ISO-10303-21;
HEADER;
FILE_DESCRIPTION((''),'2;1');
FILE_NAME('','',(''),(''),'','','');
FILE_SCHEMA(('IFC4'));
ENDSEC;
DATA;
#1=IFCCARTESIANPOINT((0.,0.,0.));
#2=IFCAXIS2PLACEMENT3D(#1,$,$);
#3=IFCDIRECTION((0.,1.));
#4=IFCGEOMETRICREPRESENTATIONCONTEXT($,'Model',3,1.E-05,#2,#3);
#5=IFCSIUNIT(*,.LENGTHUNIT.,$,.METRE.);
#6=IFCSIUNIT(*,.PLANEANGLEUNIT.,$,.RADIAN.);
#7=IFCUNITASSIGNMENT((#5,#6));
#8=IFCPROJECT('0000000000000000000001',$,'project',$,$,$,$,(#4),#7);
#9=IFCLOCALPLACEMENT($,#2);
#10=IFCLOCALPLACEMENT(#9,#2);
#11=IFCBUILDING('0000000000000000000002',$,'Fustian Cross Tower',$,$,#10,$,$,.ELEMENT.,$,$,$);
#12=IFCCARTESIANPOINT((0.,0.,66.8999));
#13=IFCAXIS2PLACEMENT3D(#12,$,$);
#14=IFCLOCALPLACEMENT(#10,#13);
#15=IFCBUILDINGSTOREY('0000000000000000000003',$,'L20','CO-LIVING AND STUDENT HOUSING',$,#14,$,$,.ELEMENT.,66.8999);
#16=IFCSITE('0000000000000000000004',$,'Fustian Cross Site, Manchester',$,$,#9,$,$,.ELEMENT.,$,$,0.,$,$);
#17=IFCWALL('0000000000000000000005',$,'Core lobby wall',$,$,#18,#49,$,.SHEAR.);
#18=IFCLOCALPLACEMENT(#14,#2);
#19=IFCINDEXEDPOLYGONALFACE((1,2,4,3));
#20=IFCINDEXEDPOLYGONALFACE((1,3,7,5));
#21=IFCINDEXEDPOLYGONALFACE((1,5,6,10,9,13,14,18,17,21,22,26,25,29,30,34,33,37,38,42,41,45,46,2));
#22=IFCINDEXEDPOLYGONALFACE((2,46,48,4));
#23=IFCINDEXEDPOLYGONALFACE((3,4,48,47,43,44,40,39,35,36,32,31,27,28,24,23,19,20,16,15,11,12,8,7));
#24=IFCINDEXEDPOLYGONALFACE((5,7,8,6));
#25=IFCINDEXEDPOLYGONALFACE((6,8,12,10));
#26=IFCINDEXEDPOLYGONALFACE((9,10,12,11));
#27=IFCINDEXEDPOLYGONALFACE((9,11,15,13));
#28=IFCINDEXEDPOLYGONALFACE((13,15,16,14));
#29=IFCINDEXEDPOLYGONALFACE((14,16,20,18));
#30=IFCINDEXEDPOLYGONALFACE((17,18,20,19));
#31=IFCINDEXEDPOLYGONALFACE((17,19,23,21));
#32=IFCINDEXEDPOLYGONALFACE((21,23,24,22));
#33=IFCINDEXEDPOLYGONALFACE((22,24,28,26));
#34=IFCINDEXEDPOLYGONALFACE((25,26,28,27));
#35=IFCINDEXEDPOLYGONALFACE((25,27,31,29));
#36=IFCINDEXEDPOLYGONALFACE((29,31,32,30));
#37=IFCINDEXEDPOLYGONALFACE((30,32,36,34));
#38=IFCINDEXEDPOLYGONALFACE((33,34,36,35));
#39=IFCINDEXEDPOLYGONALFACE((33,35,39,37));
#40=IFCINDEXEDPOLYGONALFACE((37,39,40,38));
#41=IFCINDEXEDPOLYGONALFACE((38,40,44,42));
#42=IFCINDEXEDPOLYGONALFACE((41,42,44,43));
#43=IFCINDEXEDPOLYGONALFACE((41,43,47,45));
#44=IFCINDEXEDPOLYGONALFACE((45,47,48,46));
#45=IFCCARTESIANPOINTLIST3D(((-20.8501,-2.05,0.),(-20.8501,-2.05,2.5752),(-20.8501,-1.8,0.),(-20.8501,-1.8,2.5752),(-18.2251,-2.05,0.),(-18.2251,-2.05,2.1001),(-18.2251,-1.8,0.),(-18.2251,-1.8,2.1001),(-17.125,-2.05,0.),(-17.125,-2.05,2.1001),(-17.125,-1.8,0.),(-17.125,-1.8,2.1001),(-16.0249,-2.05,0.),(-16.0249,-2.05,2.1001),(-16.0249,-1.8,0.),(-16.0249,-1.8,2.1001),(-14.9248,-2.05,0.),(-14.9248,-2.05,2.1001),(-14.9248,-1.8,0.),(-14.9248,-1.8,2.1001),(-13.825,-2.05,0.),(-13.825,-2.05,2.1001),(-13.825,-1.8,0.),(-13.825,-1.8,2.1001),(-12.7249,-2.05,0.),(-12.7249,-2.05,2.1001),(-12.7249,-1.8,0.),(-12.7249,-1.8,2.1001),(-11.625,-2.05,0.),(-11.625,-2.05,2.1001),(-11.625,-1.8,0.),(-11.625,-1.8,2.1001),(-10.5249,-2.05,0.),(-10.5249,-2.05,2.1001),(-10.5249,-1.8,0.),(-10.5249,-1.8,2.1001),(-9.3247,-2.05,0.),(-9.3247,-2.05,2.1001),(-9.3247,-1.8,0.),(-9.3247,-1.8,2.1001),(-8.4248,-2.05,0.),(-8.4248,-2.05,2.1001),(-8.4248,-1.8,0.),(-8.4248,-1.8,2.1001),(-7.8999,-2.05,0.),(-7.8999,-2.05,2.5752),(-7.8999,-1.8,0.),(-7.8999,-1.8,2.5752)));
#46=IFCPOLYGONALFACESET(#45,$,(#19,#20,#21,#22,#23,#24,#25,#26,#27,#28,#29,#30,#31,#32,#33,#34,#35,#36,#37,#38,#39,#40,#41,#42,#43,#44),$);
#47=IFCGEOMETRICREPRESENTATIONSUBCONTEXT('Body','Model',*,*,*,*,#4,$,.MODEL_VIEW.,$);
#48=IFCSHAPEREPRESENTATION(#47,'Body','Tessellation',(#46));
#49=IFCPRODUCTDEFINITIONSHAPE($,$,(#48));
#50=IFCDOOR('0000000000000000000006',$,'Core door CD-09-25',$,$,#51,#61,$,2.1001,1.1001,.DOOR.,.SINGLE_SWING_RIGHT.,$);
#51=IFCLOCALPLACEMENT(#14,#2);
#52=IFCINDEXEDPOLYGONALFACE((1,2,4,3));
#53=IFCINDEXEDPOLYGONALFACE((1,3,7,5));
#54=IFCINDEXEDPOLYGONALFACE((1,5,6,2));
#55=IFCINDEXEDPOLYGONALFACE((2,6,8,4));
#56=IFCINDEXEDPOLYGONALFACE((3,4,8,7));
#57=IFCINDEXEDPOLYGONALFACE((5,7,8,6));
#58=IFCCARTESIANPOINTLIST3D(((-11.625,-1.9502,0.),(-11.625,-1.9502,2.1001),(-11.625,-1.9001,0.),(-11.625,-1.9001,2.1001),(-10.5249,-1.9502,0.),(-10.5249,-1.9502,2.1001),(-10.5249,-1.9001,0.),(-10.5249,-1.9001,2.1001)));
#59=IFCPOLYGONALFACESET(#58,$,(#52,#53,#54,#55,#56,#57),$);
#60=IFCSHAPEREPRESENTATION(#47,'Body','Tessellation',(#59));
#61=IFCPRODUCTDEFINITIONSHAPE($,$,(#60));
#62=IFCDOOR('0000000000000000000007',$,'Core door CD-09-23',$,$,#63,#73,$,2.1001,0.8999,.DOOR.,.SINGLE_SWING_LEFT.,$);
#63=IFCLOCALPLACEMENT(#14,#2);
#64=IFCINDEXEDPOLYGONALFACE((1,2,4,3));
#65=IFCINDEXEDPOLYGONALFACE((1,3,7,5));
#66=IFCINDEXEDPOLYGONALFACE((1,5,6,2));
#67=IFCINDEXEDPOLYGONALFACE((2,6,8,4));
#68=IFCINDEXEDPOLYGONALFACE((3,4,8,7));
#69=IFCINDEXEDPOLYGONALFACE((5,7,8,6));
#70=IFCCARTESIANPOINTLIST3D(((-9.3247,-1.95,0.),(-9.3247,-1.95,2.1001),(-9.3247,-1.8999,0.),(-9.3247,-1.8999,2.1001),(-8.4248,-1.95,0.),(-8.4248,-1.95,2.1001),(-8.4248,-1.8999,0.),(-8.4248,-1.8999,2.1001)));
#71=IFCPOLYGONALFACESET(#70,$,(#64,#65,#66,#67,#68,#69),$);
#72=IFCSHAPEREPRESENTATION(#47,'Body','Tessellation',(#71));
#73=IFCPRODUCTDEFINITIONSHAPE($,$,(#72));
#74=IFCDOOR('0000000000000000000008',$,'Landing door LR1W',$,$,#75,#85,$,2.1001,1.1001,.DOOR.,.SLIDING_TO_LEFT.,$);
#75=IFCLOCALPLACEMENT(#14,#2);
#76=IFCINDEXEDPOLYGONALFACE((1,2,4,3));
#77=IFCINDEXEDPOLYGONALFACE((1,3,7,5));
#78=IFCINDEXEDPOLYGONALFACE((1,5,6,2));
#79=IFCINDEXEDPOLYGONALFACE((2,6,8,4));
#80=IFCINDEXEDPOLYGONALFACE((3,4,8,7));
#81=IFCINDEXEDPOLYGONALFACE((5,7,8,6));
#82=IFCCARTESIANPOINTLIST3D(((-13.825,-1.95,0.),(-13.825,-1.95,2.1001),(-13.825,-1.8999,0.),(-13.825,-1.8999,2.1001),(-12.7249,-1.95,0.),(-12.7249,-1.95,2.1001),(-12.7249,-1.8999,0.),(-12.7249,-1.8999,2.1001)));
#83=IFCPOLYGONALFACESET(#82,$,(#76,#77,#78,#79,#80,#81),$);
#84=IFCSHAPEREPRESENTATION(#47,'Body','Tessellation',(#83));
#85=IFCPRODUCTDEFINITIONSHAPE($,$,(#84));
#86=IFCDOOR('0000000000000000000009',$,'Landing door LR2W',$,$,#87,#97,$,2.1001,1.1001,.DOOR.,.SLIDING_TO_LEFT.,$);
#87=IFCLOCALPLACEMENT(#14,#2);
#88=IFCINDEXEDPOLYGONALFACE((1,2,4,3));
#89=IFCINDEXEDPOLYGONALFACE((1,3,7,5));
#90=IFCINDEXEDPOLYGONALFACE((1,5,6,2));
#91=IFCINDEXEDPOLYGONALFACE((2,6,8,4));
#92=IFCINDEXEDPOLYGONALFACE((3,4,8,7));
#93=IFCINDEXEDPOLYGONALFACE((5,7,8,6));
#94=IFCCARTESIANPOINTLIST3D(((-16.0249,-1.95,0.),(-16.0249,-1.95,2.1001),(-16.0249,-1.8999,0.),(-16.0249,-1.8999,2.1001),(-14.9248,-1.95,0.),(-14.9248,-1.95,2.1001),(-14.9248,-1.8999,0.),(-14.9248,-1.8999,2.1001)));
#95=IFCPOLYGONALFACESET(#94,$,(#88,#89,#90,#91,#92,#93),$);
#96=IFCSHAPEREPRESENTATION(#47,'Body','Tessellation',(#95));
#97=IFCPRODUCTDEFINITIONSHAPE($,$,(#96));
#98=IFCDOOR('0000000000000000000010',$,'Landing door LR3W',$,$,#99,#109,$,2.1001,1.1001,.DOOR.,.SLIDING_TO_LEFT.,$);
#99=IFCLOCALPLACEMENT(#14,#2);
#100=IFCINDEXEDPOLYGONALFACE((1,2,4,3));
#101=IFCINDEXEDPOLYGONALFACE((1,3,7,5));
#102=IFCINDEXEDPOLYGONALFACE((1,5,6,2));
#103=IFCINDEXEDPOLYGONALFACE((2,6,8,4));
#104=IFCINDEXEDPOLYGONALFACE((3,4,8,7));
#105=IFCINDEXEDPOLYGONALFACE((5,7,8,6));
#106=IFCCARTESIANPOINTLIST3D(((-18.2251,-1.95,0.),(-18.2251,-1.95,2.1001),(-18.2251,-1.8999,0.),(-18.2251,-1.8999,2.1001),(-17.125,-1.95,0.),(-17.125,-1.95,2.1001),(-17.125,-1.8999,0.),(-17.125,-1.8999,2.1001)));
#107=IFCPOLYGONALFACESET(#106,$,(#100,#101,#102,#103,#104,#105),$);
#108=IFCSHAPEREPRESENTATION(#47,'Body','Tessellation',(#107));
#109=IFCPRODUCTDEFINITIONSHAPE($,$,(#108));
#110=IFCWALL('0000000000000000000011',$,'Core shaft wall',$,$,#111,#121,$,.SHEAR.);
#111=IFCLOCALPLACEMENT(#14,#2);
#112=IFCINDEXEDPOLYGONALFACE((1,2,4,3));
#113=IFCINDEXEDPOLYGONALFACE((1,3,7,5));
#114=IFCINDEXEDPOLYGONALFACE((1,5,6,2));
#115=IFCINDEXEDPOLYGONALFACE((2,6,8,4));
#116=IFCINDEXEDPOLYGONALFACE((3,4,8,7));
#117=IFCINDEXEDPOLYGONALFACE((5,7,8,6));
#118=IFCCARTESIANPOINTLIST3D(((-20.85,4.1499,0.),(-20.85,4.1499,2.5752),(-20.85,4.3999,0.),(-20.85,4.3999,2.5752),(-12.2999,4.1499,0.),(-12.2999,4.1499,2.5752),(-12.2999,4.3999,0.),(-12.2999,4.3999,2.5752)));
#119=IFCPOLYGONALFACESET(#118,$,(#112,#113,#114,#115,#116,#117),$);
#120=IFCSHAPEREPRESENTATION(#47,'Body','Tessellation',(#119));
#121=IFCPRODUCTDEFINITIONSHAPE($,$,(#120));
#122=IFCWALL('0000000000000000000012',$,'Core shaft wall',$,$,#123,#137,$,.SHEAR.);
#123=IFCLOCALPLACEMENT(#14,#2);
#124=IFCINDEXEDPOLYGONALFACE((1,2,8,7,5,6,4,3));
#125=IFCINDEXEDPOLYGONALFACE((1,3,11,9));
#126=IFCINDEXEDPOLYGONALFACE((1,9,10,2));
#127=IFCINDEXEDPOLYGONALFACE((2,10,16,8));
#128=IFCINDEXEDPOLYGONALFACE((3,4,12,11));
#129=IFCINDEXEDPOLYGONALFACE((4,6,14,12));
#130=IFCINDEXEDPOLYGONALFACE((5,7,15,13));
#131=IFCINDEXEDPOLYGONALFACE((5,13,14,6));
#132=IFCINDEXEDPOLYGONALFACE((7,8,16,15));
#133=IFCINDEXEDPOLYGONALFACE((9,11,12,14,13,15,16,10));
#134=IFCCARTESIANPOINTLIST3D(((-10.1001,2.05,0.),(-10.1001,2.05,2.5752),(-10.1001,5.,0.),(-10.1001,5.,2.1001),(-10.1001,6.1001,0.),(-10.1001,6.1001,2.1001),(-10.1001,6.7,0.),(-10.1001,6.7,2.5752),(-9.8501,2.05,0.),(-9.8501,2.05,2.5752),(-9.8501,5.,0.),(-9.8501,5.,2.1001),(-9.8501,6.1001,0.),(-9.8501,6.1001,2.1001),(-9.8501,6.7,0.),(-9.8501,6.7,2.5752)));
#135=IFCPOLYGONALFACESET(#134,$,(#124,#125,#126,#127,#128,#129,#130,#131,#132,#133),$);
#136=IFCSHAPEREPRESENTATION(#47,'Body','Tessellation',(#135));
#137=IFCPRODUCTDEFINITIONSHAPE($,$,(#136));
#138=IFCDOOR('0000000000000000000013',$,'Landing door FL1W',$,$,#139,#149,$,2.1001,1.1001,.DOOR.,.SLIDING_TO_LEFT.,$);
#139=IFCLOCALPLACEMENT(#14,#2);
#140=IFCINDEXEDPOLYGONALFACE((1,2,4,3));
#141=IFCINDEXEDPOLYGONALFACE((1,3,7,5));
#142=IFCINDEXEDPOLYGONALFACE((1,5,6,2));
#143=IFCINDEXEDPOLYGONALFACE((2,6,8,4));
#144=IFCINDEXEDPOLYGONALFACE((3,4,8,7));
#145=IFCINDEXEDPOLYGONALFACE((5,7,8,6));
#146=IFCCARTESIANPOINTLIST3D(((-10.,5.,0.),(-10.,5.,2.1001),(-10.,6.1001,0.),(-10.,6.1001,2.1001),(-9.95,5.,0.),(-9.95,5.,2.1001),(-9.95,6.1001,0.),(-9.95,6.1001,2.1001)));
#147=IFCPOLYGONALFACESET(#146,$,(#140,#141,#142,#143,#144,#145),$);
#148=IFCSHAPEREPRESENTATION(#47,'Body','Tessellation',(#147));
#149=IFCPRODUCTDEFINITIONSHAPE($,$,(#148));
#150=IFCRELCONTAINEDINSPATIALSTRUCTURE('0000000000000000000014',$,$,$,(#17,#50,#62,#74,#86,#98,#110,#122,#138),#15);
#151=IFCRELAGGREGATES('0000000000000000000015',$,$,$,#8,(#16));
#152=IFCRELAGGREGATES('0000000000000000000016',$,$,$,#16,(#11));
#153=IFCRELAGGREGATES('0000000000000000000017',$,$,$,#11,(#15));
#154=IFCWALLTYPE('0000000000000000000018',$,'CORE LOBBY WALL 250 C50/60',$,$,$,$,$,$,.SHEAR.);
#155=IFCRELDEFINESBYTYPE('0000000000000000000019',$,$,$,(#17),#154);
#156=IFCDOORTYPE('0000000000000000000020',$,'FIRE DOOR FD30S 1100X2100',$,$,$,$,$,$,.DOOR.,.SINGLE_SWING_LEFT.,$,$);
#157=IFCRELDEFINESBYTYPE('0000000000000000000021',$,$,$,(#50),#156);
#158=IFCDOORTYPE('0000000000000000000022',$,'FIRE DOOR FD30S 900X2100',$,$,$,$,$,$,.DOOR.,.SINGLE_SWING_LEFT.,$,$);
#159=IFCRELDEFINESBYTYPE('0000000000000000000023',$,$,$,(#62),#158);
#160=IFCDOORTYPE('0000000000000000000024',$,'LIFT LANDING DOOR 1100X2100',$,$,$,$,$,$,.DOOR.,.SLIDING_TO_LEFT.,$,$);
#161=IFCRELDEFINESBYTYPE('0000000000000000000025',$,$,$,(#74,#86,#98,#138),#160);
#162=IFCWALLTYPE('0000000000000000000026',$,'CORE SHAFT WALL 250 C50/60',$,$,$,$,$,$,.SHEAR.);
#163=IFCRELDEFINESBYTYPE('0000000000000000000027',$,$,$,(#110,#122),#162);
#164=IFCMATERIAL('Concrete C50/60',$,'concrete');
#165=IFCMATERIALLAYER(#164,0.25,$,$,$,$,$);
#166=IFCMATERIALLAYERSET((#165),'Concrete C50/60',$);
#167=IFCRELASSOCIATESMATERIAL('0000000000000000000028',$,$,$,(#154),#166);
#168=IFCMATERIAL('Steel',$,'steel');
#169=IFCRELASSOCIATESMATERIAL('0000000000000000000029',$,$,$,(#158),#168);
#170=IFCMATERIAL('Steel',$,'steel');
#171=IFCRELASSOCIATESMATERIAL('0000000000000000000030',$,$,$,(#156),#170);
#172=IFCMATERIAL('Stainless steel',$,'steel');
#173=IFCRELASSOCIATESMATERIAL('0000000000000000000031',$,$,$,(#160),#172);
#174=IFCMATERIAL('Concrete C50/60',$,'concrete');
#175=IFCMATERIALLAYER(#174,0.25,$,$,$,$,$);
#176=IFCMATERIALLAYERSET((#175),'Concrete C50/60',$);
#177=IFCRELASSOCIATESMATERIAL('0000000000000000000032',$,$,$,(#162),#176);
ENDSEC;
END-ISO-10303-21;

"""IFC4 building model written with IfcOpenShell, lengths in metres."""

from ifc_helpers import new_model, si_unit, direction, frame, frame_2d, origin, place, context, subcontext, project, spatial, rectangle, extrude, material, layer, layer_set, type_object, element, fill, save


model = new_model("IFC4")

# Units and contexts
model_context = context("Model", 3, precision=1e-05, world=origin(), true_north=direction((0.0, 1.0)))
body_context = subcontext(model_context, "Body", "Model", "MODEL_VIEW")
ifc_project = project(units=[si_unit("LENGTHUNIT", "METRE"), si_unit("PLANEANGLEUNIT", "RADIAN")], contexts=[model_context])

# Site, building, storey
site_placement = place(None, origin())
site = spatial("IfcSite", under=ifc_project, at=site_placement, Name="Fustian Cross Site, Manchester", CompositionType="ELEMENT", RefElevation=0.0)
building_placement = place(site_placement, origin())
building = spatial("IfcBuilding", under=site, at=building_placement, Name="Fustian Cross Tower", CompositionType="ELEMENT")
storey_placement = place(building_placement, frame((0.0, 0.0, 66.8999)))
storey = spatial("IfcBuildingStorey", under=building, at=storey_placement, Name="L20", Description="CO-LIVING AND STUDENT HOUSING", CompositionType="ELEMENT", Elevation=66.8999)

# Wall, openings, doors
ifc_material_1 = material(Name="Concrete C50/60", Category="concrete")
ifc_layer_1 = layer(ifc_material_1, 0.25)
ifc_layer_set_1 = layer_set([ifc_layer_1], Name="Concrete C50/60")
wall_type_1 = type_object("IfcWallType", Name="CORE LOBBY WALL 250 C50/60", PredefinedType="SHEAR", material=ifc_layer_set_1)
ifc_material_2 = material(Name="Steel", Category="steel")
door_type_1 = type_object("IfcDoorType", Name="FIRE DOOR FD30S 900X2100", OperationType="SINGLE_SWING_LEFT", PredefinedType="DOOR", material=ifc_material_2)
wall_1_placement = place(storey_placement, frame((-7.8999, -1.925, 0.0), z_axis=(0.0, 0.0, 1.0), x_axis=(-1.0, 0.0, 0.0)))
wall_1 = element("IfcWall", 1, at=wall_1_placement, inside=storey, type_object=wall_type_1, Name="Core lobby wall", PredefinedType="SHEAR", context=body_context, shape_type="SweptSolid", body=[
    extrude(rectangle(XDim=12.9502, YDim=0.25, at=frame_2d((6.4751, 0.0))), origin(), (0.0, 0.0, 1.0), 2.5752),
])
opening_1_placement = place(wall_1_placement, frame((4.825, 0.0, 0.0)))
opening_1 = element("IfcOpeningElement", 2, at=opening_1_placement, cuts=wall_1, PredefinedType="OPENING", context=body_context, shape_type="SweptSolid", body=[
    extrude(rectangle(XDim=1.1001, YDim=2.1001, at=frame_2d((0.55, 1.05))), frame((0.0, 0.135, 0.0), z_axis=(0.0, -1.0, 0.0), x_axis=(1.0, 0.0, 0.0)), (0.0, 0.0, 1.0), 0.27),
])
opening_2_placement = place(wall_1_placement, frame((7.0249, 0.0, 0.0)))
opening_2 = element("IfcOpeningElement", 3, at=opening_2_placement, cuts=wall_1, PredefinedType="OPENING", context=body_context, shape_type="SweptSolid", body=[
    extrude(rectangle(XDim=1.1001, YDim=2.1001, at=frame_2d((0.55, 1.05))), frame((0.0, 0.135, 0.0), z_axis=(0.0, -1.0, 0.0), x_axis=(1.0, 0.0, 0.0)), (0.0, 0.0, 1.0), 0.27),
])
opening_3_placement = place(wall_1_placement, frame((9.2251, 0.0, 0.0)))
opening_3 = element("IfcOpeningElement", 4, at=opening_3_placement, cuts=wall_1, PredefinedType="OPENING", context=body_context, shape_type="SweptSolid", body=[
    extrude(rectangle(XDim=1.1001, YDim=2.1001, at=frame_2d((0.55, 1.05))), frame((0.0, 0.135, 0.0), z_axis=(0.0, -1.0, 0.0), x_axis=(1.0, 0.0, 0.0)), (0.0, 0.0, 1.0), 0.27),
])
opening_4_placement = place(wall_1_placement, frame((0.5249, 0.0, 0.0)))
opening_4 = element("IfcOpeningElement", 5, at=opening_4_placement, cuts=wall_1, PredefinedType="OPENING", context=body_context, shape_type="SweptSolid", body=[
    extrude(rectangle(XDim=0.8999, YDim=2.1001, at=frame_2d((0.45, 1.05))), frame((0.0, 0.135, 0.0), z_axis=(0.0, -1.0, 0.0), x_axis=(1.0, 0.0, 0.0)), (0.0, 0.0, 1.0), 0.27),
])
opening_5_placement = place(wall_1_placement, frame((2.625, 0.0, 0.0)))
opening_5 = element("IfcOpeningElement", 6, at=opening_5_placement, cuts=wall_1, PredefinedType="OPENING", context=body_context, shape_type="SweptSolid", body=[
    extrude(rectangle(XDim=1.1001, YDim=2.1001, at=frame_2d((0.55, 1.05))), frame((0.0, 0.135, 0.0), z_axis=(0.0, -1.0, 0.0), x_axis=(1.0, 0.0, 0.0)), (0.0, 0.0, 1.0), 0.27),
])
ifc_material_3 = material(Name="Steel", Category="steel")
door_type_2 = type_object("IfcDoorType", Name="FIRE DOOR FD30S 1100X2100", OperationType="SINGLE_SWING_LEFT", PredefinedType="DOOR", material=ifc_material_3)
door_1_placement = place(opening_5_placement, frame((1.1001, 0.0, 0.0), z_axis=(0.0, 0.0, 1.0), x_axis=(-1.0, 0.0, 0.0)))
door_1 = element("IfcDoor", 7, at=door_1_placement, inside=storey, type_object=door_type_2, Name="Core door CD-09-25", OperationType="SINGLE_SWING_RIGHT", OverallHeight=2.1001, OverallWidth=1.1001, PredefinedType="DOOR", context=body_context, shape_type="SweptSolid", body=[
    extrude(rectangle(XDim=1.1001, YDim=2.1001, at=frame_2d((0.55, 1.05))), frame((0.0, 0.0249, 0.0), z_axis=(0.0, -1.0, 0.0), x_axis=(1.0, 0.0, 0.0)), (0.0, 0.0, 1.0), 0.05),
])
fill(opening_5, door_1)
door_2_placement = place(opening_4_placement, origin())
door_2 = element("IfcDoor", 8, at=door_2_placement, inside=storey, type_object=door_type_1, Name="Core door CD-09-23", OperationType="SINGLE_SWING_LEFT", OverallHeight=2.1001, OverallWidth=0.8999, PredefinedType="DOOR", context=body_context, shape_type="SweptSolid", body=[
    extrude(rectangle(XDim=0.8999, YDim=2.1001, at=frame_2d((0.45, 1.05))), frame((0.0, 0.0249, 0.0), z_axis=(0.0, -1.0, 0.0), x_axis=(1.0, 0.0, 0.0)), (0.0, 0.0, 1.0), 0.05),
])
fill(opening_4, door_2)
ifc_material_4 = material(Name="Stainless steel", Category="steel")
door_type_3 = type_object("IfcDoorType", Name="LIFT LANDING DOOR 1100X2100", OperationType="SLIDING_TO_LEFT", PredefinedType="DOOR", material=ifc_material_4)
door_3_placement = place(opening_1_placement, origin())
door_3 = element("IfcDoor", 9, at=door_3_placement, inside=storey, type_object=door_type_3, Name="Landing door LR1W", OperationType="SLIDING_TO_LEFT", OverallHeight=2.1001, OverallWidth=1.1001, PredefinedType="DOOR", context=body_context, shape_type="SweptSolid", body=[
    extrude(rectangle(XDim=1.1001, YDim=2.1001, at=frame_2d((0.55, 1.05))), frame((0.0, 0.0249, 0.0), z_axis=(0.0, -1.0, 0.0), x_axis=(1.0, 0.0, 0.0)), (0.0, 0.0, 1.0), 0.05),
])
fill(opening_1, door_3)
door_4_placement = place(opening_2_placement, origin())
door_4 = element("IfcDoor", 10, at=door_4_placement, inside=storey, type_object=door_type_3, Name="Landing door LR2W", OperationType="SLIDING_TO_LEFT", OverallHeight=2.1001, OverallWidth=1.1001, PredefinedType="DOOR", context=body_context, shape_type="SweptSolid", body=[
    extrude(rectangle(XDim=1.1001, YDim=2.1001, at=frame_2d((0.55, 1.05))), frame((0.0, 0.0249, 0.0), z_axis=(0.0, -1.0, 0.0), x_axis=(1.0, 0.0, 0.0)), (0.0, 0.0, 1.0), 0.05),
])
fill(opening_2, door_4)
door_5_placement = place(opening_3_placement, origin())
door_5 = element("IfcDoor", 11, at=door_5_placement, inside=storey, type_object=door_type_3, Name="Landing door LR3W", OperationType="SLIDING_TO_LEFT", OverallHeight=2.1001, OverallWidth=1.1001, PredefinedType="DOOR", context=body_context, shape_type="SweptSolid", body=[
    extrude(rectangle(XDim=1.1001, YDim=2.1001, at=frame_2d((0.55, 1.05))), frame((0.0, 0.0249, 0.0), z_axis=(0.0, -1.0, 0.0), x_axis=(1.0, 0.0, 0.0)), (0.0, 0.0, 1.0), 0.05),
])
fill(opening_3, door_5)

# Wall
ifc_material_5 = material(Name="Concrete C50/60", Category="concrete")
ifc_layer_2 = layer(ifc_material_5, 0.25)
ifc_layer_set_2 = layer_set([ifc_layer_2], Name="Concrete C50/60")
wall_type_2 = type_object("IfcWallType", Name="CORE SHAFT WALL 250 C50/60", PredefinedType="SHEAR", material=ifc_layer_set_2)
wall_2_placement = place(storey_placement, frame((-12.3, 4.2749, 0.0), z_axis=(0.0, 0.0, 1.0), x_axis=(-1.0, 0.0, 0.0)))
element("IfcWall", 12, at=wall_2_placement, inside=storey, type_object=wall_type_2, Name="Core shaft wall", PredefinedType="SHEAR", context=body_context, shape_type="SweptSolid", body=[
    extrude(rectangle(XDim=8.55, YDim=0.25, at=frame_2d((4.2749, 0.0))), origin(), (0.0, 0.0, 1.0), 2.5752),
])

# Wall, opening, door
wall_3_placement = place(storey_placement, frame((-9.9751, 2.05, 0.0), z_axis=(0.0, 0.0, 1.0), x_axis=(0.0, 1.0, 0.0)))
wall_3 = element("IfcWall", 13, at=wall_3_placement, inside=storey, type_object=wall_type_2, Name="Core shaft wall", PredefinedType="SHEAR", context=body_context, shape_type="SweptSolid", body=[
    extrude(rectangle(XDim=4.6499, YDim=0.25, at=frame_2d((2.325, 0.0))), origin(), (0.0, 0.0, 1.0), 2.5752),
])
opening_6_placement = place(wall_3_placement, frame((2.95, 0.0, 0.0)))
opening_6 = element("IfcOpeningElement", 14, at=opening_6_placement, cuts=wall_3, PredefinedType="OPENING", context=body_context, shape_type="SweptSolid", body=[
    extrude(rectangle(XDim=1.1001, YDim=2.1001, at=frame_2d((0.55, 1.05))), frame((0.0, 0.135, 0.0), z_axis=(0.0, -1.0, 0.0), x_axis=(1.0, 0.0, 0.0)), (0.0, 0.0, 1.0), 0.27),
])
door_6_placement = place(opening_6_placement, origin())
door_6 = element("IfcDoor", 15, at=door_6_placement, inside=storey, type_object=door_type_3, Name="Landing door FL1W", OperationType="SLIDING_TO_LEFT", OverallHeight=2.1001, OverallWidth=1.1001, PredefinedType="DOOR", context=body_context, shape_type="SweptSolid", body=[
    extrude(rectangle(XDim=1.1001, YDim=2.1001, at=frame_2d((0.55, 1.05))), frame((0.0, 0.0249, 0.0), z_axis=(0.0, -1.0, 0.0), x_axis=(1.0, 0.0, 0.0)), (0.0, 0.0, 1.0), 0.05),
])
fill(opening_6, door_6)

save(model, "model.ifc")
